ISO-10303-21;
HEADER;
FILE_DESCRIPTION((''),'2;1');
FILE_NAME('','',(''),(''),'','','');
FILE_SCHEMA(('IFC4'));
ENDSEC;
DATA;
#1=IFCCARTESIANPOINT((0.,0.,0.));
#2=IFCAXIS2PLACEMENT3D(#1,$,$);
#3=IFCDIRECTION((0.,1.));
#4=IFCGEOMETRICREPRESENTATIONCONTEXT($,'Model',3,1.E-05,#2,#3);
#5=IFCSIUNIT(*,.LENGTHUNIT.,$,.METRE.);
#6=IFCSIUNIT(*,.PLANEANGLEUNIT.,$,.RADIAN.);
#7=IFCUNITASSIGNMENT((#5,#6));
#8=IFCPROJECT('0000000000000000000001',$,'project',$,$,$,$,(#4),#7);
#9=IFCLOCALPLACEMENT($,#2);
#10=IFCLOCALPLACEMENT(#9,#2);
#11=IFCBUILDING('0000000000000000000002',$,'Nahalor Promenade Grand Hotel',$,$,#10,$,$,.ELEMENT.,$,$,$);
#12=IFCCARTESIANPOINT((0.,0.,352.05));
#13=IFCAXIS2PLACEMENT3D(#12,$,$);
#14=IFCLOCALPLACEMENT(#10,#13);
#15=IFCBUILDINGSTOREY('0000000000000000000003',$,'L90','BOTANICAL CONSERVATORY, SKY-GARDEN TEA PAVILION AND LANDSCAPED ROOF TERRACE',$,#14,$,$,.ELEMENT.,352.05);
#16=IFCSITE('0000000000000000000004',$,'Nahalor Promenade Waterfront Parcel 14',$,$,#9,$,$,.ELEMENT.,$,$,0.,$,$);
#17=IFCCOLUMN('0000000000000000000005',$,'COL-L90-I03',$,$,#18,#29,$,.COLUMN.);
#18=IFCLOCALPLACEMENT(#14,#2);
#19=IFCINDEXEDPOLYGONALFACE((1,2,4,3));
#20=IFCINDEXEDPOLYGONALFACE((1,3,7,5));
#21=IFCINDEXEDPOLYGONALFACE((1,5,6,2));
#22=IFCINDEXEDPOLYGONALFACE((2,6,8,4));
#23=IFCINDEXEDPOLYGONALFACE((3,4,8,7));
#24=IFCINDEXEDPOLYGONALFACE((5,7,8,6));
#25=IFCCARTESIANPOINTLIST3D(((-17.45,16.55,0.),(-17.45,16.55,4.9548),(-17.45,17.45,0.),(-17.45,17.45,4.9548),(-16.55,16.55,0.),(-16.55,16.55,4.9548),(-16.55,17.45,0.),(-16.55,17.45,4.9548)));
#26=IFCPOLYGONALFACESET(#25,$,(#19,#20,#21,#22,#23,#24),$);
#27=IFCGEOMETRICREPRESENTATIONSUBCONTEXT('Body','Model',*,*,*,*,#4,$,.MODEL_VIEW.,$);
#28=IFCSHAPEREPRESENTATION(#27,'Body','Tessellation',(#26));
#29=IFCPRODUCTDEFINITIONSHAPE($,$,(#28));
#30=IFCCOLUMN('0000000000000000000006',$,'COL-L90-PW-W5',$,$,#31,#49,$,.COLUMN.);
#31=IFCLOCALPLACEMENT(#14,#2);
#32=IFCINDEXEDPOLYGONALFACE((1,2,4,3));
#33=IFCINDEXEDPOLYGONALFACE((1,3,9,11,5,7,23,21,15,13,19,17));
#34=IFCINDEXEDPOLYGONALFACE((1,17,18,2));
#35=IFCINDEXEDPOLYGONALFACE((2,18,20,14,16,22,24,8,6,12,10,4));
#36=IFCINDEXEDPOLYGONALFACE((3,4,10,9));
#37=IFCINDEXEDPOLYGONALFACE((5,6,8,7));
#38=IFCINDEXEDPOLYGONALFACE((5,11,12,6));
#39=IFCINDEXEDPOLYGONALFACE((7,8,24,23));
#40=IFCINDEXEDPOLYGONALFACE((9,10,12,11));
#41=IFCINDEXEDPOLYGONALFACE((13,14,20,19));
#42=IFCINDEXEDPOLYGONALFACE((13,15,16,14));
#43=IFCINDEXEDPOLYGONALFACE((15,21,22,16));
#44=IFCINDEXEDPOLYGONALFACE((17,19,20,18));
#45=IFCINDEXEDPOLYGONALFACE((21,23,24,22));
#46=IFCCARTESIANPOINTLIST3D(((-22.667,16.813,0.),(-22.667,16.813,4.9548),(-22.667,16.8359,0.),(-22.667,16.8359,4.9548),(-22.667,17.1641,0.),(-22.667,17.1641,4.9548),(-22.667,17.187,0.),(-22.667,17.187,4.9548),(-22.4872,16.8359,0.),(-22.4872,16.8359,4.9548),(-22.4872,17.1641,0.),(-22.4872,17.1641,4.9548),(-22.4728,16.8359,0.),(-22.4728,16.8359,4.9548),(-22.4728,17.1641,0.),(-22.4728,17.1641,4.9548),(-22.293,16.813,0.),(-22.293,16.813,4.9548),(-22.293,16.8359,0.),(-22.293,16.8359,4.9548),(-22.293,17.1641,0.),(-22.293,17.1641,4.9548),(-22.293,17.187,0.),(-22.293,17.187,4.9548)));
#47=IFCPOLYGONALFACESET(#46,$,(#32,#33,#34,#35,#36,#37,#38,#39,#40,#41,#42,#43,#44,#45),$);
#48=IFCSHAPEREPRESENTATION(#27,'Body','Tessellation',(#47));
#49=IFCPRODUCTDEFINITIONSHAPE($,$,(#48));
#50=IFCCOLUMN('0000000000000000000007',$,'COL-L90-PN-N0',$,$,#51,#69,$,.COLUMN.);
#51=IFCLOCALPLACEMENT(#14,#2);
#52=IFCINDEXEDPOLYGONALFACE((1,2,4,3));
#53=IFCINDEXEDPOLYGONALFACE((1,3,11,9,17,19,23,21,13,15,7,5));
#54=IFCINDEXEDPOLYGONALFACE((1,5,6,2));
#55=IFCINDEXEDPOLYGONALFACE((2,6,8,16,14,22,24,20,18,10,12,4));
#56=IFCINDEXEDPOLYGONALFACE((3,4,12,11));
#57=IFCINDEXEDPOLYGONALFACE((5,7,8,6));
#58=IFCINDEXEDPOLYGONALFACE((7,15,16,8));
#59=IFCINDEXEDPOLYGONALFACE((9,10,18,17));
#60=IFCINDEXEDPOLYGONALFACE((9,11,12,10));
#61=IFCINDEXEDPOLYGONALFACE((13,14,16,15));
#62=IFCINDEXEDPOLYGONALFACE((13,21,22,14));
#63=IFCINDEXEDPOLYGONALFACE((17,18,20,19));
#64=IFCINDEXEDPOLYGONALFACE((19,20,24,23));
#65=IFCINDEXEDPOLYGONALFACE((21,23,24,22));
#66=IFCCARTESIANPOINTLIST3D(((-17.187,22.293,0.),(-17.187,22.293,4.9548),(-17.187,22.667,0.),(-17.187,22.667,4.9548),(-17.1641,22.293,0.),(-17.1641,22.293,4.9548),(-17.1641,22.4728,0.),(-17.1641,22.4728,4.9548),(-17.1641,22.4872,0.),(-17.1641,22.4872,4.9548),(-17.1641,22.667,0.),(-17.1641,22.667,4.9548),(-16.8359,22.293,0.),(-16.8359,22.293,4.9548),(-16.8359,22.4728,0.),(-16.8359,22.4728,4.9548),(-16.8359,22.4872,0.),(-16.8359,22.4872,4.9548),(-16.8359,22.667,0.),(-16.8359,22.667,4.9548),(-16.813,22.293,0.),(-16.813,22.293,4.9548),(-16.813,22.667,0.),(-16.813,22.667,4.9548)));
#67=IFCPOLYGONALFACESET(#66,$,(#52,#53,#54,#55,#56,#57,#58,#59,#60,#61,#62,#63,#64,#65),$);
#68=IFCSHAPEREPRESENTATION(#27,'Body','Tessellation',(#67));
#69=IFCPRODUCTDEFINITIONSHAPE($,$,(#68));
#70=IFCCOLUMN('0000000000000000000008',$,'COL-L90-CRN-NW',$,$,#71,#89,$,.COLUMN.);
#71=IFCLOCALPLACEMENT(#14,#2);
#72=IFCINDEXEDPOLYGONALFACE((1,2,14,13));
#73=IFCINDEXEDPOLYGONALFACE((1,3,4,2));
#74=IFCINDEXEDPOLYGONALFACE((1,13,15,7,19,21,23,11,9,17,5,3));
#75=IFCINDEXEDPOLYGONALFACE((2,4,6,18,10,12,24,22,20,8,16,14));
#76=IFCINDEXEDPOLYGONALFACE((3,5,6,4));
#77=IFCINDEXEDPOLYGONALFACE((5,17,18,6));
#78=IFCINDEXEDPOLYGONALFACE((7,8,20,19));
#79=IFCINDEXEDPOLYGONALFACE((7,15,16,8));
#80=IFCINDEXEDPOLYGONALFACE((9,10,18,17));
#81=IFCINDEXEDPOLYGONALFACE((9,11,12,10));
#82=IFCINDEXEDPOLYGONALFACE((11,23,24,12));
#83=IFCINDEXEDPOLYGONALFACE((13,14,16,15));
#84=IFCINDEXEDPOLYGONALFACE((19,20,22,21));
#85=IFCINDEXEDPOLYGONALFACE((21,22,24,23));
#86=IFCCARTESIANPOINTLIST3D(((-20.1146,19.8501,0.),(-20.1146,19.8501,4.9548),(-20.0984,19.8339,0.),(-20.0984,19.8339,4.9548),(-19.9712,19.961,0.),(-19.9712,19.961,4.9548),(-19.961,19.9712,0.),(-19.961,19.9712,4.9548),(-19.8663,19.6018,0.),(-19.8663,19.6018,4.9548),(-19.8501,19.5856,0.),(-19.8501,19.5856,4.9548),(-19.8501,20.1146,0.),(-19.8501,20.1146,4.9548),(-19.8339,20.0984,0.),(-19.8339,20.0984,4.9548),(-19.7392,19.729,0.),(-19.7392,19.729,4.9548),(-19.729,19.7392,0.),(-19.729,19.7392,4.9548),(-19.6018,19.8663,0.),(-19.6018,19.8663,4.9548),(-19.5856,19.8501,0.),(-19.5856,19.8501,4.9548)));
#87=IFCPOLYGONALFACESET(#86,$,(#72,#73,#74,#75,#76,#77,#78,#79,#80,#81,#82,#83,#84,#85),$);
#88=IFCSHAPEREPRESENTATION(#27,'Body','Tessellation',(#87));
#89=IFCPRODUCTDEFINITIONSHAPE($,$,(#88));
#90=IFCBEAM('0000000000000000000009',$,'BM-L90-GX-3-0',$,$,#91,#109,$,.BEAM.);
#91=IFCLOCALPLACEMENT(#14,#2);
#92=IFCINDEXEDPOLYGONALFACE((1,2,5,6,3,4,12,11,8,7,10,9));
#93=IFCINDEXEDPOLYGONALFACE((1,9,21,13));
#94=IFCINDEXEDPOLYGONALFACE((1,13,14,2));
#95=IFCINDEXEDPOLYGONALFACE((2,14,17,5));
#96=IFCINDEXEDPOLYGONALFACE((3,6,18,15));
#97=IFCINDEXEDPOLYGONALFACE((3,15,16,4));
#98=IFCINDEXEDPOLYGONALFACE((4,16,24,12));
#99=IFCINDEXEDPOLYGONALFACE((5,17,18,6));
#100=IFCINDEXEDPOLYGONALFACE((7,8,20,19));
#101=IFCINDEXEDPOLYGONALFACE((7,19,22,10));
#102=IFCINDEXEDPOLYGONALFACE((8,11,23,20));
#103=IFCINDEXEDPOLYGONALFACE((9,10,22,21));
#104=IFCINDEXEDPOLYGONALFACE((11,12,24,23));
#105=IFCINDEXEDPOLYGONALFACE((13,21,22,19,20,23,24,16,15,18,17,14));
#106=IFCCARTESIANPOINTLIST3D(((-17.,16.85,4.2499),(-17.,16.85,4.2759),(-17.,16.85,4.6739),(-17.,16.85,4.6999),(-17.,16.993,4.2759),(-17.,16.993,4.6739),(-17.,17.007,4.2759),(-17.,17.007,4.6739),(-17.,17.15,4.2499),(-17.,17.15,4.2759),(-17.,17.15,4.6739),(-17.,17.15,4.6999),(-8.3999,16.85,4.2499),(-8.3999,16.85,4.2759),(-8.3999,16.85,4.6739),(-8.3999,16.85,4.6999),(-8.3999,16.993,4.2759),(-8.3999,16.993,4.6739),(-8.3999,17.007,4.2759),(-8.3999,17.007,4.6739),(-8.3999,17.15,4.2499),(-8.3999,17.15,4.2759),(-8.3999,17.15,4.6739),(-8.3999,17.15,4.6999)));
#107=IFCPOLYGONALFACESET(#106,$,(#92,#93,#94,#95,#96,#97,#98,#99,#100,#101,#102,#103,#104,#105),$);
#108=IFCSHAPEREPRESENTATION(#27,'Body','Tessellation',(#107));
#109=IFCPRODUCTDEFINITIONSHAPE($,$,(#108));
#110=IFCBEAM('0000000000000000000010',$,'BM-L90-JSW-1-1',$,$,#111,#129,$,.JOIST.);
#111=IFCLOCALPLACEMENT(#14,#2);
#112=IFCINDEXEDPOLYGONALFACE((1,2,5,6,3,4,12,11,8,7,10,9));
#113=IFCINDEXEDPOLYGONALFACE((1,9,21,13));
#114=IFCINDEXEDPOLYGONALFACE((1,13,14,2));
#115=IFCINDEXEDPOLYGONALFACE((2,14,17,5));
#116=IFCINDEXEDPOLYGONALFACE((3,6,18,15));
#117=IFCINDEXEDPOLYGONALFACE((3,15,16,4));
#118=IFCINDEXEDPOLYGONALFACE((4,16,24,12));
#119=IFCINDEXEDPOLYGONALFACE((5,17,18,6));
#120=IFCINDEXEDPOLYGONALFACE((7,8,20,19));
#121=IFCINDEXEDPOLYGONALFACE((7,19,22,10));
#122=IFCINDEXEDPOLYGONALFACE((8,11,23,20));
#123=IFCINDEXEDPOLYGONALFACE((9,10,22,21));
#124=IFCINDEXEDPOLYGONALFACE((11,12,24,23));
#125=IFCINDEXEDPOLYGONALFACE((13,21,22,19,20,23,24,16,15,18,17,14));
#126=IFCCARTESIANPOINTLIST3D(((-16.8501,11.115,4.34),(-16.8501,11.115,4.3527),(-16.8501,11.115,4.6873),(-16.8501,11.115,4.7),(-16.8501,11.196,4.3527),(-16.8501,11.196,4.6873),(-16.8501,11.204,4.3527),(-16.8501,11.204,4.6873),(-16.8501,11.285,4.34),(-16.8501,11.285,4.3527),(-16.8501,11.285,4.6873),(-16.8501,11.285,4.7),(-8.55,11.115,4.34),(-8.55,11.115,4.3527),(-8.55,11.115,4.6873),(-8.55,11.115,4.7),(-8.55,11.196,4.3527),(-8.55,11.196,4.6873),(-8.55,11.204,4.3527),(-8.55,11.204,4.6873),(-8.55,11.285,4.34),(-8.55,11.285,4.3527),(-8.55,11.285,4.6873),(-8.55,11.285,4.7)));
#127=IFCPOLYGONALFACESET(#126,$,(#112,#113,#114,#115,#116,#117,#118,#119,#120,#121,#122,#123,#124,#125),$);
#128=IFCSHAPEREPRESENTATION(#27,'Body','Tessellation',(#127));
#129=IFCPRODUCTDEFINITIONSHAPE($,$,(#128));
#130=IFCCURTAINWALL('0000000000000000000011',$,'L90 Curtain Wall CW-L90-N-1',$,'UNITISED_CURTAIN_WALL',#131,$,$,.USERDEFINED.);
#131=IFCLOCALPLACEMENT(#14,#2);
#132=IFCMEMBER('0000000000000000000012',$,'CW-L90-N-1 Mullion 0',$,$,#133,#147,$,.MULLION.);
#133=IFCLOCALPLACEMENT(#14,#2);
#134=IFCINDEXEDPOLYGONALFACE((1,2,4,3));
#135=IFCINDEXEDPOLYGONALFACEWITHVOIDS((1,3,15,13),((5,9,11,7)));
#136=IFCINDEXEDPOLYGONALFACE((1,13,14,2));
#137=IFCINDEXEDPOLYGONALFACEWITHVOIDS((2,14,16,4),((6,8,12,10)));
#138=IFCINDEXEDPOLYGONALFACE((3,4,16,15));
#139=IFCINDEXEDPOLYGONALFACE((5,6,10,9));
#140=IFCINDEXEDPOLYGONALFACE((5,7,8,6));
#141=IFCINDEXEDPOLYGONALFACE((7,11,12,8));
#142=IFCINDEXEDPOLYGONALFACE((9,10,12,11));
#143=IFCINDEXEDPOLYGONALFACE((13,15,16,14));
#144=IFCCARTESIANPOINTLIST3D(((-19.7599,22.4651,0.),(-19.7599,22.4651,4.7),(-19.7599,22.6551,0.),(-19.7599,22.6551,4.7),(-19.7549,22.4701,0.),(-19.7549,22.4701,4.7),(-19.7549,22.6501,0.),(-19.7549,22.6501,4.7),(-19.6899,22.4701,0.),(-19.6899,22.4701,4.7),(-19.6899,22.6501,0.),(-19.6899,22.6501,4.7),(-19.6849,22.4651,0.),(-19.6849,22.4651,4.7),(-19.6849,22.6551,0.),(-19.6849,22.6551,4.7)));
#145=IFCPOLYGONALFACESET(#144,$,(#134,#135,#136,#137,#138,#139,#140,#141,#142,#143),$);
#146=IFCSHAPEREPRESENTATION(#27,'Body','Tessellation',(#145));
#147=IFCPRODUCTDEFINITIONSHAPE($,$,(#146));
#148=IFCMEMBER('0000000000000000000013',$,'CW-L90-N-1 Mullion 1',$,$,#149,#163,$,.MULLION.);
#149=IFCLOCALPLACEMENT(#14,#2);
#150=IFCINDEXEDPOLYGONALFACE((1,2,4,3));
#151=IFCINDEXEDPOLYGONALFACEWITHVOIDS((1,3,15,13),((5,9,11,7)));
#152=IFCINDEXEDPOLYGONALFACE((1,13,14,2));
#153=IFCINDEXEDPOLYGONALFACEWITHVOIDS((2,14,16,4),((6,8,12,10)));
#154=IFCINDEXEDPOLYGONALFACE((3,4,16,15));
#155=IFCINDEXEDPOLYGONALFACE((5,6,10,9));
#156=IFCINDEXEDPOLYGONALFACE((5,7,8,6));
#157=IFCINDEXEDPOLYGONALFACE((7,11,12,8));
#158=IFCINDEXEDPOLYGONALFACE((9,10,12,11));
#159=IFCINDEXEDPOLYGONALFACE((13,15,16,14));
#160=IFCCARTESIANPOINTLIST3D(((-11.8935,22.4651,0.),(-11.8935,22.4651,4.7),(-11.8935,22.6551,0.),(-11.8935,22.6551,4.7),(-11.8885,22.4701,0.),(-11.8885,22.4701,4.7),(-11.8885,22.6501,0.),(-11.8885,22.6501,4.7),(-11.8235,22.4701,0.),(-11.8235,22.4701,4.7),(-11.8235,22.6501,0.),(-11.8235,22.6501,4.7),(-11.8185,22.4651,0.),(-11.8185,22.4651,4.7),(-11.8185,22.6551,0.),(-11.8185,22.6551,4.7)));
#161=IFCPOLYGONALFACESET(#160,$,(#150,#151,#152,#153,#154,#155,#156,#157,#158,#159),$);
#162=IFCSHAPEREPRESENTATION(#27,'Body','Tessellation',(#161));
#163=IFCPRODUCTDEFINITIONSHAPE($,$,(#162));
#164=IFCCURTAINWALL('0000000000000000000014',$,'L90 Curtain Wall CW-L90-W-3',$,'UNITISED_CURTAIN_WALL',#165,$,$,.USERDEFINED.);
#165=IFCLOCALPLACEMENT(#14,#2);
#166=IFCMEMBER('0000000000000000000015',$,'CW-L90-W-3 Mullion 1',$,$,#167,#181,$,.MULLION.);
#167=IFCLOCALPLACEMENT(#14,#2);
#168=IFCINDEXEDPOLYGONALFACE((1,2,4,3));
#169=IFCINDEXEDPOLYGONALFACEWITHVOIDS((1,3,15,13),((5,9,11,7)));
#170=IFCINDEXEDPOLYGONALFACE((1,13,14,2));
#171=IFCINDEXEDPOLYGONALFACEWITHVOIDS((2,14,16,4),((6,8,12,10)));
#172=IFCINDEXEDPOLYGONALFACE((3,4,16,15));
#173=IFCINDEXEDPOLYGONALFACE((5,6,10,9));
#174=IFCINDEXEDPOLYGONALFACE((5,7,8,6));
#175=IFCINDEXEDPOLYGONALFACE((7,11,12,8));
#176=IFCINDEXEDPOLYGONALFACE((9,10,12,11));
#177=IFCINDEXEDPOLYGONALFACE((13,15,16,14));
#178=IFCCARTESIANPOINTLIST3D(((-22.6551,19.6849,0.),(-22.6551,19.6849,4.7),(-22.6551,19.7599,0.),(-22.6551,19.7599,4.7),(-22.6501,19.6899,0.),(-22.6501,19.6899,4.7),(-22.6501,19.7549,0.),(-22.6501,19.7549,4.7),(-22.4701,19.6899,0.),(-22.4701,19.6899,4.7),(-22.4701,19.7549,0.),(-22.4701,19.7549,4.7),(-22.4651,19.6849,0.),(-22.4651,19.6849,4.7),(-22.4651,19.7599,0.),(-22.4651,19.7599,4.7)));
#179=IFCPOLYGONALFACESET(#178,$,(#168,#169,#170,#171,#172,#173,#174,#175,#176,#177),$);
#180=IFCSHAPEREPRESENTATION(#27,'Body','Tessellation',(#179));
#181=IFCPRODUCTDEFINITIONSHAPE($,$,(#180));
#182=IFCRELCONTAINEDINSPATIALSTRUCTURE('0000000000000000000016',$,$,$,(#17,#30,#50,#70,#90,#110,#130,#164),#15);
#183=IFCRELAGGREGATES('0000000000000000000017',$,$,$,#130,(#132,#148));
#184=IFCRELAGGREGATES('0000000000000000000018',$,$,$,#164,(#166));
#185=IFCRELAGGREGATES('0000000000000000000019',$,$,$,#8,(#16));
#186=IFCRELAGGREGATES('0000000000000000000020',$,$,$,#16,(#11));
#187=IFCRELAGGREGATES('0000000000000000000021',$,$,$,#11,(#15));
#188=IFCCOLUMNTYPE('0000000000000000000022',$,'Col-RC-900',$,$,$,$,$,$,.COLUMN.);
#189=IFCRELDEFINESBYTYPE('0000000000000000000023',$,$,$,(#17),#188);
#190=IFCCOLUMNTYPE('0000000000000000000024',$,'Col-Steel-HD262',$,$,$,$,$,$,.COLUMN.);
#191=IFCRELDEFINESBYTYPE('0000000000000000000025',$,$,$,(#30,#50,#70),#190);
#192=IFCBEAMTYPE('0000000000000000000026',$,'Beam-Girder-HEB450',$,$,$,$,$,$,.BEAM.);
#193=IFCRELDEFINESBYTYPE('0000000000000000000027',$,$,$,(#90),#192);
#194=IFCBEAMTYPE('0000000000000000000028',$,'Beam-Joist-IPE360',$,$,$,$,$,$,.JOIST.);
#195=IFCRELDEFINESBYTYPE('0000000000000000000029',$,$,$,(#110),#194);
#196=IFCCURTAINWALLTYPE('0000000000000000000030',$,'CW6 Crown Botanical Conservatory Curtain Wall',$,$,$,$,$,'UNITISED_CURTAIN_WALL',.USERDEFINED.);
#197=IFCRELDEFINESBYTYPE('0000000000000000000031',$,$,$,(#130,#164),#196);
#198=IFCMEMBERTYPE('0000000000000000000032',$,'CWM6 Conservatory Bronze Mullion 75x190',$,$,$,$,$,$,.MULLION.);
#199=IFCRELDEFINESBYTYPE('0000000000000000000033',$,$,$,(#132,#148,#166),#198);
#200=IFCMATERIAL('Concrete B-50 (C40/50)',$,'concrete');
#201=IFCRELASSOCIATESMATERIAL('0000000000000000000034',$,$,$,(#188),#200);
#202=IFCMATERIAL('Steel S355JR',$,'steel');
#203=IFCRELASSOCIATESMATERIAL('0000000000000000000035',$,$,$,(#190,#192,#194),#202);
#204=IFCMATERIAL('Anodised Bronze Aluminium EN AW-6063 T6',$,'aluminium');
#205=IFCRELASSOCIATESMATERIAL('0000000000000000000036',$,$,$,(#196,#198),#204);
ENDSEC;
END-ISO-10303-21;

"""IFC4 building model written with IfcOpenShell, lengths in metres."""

from ifc_helpers import new_model, si_unit, direction, frame, origin, origin_2d, place, context, subcontext, project, spatial, rectangle, hollow_rectangle, i_section, extrude, source, transform, mapped, material, material_profile, profile_set, type_object, element, aggregate, save


model = new_model("IFC4")

# Units and contexts
model_context = context("Model", 3, precision=1e-05, world=origin(), true_north=direction((0.0, 1.0)))
body_context = subcontext(model_context, "Body", "Model", "MODEL_VIEW")
ifc_project = project(units=[si_unit("LENGTHUNIT", "METRE"), si_unit("PLANEANGLEUNIT", "RADIAN")], contexts=[model_context])

# Site, building, storey
site_placement = place(None, origin())
site = spatial("IfcSite", under=ifc_project, at=site_placement, Name="Nahalor Promenade Waterfront Parcel 14", CompositionType="ELEMENT", RefElevation=0.0)
building_placement = place(site_placement, origin())
building = spatial("IfcBuilding", under=site, at=building_placement, Name="Nahalor Promenade Grand Hotel", CompositionType="ELEMENT")
storey_placement = place(building_placement, frame((0.0, 0.0, 352.05)))
storey = spatial("IfcBuildingStorey", under=building, at=storey_placement, Name="L90", Description="BOTANICAL CONSERVATORY, SKY-GARDEN TEA PAVILION AND LANDSCAPED ROOF TERRACE", CompositionType="ELEMENT", Elevation=352.05)

# Columns
ifc_material_1 = material(Name="Concrete B-50 (C40/50)", Category="concrete")
ifc_material_profile_1 = material_profile(ifc_material_1, rectangle(XDim=0.9, YDim=0.9, at=origin_2d()), Name="RC 900x900")
ifc_profile_set_1 = profile_set([ifc_material_profile_1], Name="Concrete B-50 (C40/50)")
column_type_1 = type_object("IfcColumnType", Name="Col-RC-900", PredefinedType="COLUMN", material=ifc_profile_set_1)
shared_shape_1 = source(origin(), body_context, "Body", "SweptSolid", [
    extrude(rectangle(XDim=0.9, YDim=0.9, at=origin_2d()), origin(), (0.0, 0.0, 1.0), 4.9548),
])
column_placement = place(storey_placement, frame((-17.0, 17.0, 0.0), z_axis=(0.0, 0.0, 1.0), x_axis=(1.0, 0.0, 0.0)))
element("IfcColumn", 1, at=column_placement, inside=storey, type_object=column_type_1, Name="COL-L90-I03", PredefinedType="COLUMN", context=body_context, shape_type="MappedRepresentation", body=[
    mapped(shared_shape_1, transform((0.0, 0.0, 0.0), scale=1.0)),
])
ifc_material_2 = material(Name="Steel S355JR", Category="steel")
ifc_material_profile_2 = material_profile(ifc_material_2, i_section(OverallWidth=0.374, OverallDepth=0.374, WebThickness=0.0144, FlangeThickness=0.0229, at=origin_2d()), Name="HD 360x262")
ifc_profile_set_2 = profile_set([ifc_material_profile_2], Name="Steel S355JR")
column_type_2 = type_object("IfcColumnType", Name="Col-Steel-HD262", PredefinedType="COLUMN", material=ifc_profile_set_2)
shared_shape_2 = source(origin(), body_context, "Body", "SweptSolid", [
    extrude(i_section(OverallWidth=0.374, OverallDepth=0.374, WebThickness=0.0144, FlangeThickness=0.0229, at=origin_2d()), origin(), (0.0, 0.0, 1.0), 4.9548),
])
for number, where, z_axis, x_axis, name in (
    (2, (-22.48, 17.0, 0.0), (0.0, 0.0, 1.0), (1.0, 0.0, 0.0), "COL-L90-PW-W5"),
    (3, (-17.0, 22.48, 0.0), (0.0, 0.0, 1.0), (0.0, 1.0, 0.0), "COL-L90-PN-N0"),
    (4, (-19.8501, 19.8501, 0.0), (0.0, 0.0, 1.0), (0.707107, 0.707107, 0.0), "COL-L90-CRN-NW"),
):
    element("IfcColumn", number, at=place(storey_placement, frame(where, z_axis=z_axis, x_axis=x_axis)), inside=storey, type_object=column_type_2, Name=name, PredefinedType="COLUMN", context=body_context, shape_type="MappedRepresentation", body=[
        mapped(shared_shape_2, transform((0.0, 0.0, 0.0), scale=1.0)),
    ])

# Beams
ifc_material_profile_3 = material_profile(ifc_material_2, i_section(OverallWidth=0.3, OverallDepth=0.45, WebThickness=0.014, FlangeThickness=0.026, at=origin_2d()), Name="HEB 450")
ifc_profile_set_3 = profile_set([ifc_material_profile_3], Name="Steel S355JR")
beam_type_1 = type_object("IfcBeamType", Name="Beam-Girder-HEB450", PredefinedType="BEAM", material=ifc_profile_set_3)
shared_shape_3 = source(origin(), body_context, "Body", "SweptSolid", [
    extrude(i_section(OverallWidth=0.3, OverallDepth=0.45, WebThickness=0.014, FlangeThickness=0.026, at=origin_2d()), origin(), (0.0, 0.0, 1.0), 8.6001),
])
beam_1_placement = place(storey_placement, frame((-17.0, 17.0, 4.4749), z_axis=(1.0, 0.0, 0.0), x_axis=(0.0, 1.0, 0.0)))
element("IfcBeam", 5, at=beam_1_placement, inside=storey, type_object=beam_type_1, Name="BM-L90-GX-3-0", PredefinedType="BEAM", context=body_context, shape_type="MappedRepresentation", body=[
    mapped(shared_shape_3, transform((0.0, 0.0, 0.0), scale=1.0)),
])
ifc_material_profile_4 = material_profile(ifc_material_2, i_section(OverallWidth=0.17, OverallDepth=0.36, WebThickness=0.008, FlangeThickness=0.0127, at=origin_2d()), Name="IPE 360")
ifc_profile_set_4 = profile_set([ifc_material_profile_4], Name="Steel S355JR")
beam_type_2 = type_object("IfcBeamType", Name="Beam-Joist-IPE360", PredefinedType="JOIST", material=ifc_profile_set_4)
shared_shape_4 = source(origin(), body_context, "Body", "SweptSolid", [
    extrude(i_section(OverallWidth=0.17, OverallDepth=0.36, WebThickness=0.008, FlangeThickness=0.0127, at=origin_2d()), origin(), (0.0, 0.0, 1.0), 8.3),
])
beam_2_placement = place(storey_placement, frame((-16.8501, 11.2, 4.52), z_axis=(1.0, 0.0, 0.0), x_axis=(0.0, 1.0, 0.0)))
element("IfcBeam", 6, at=beam_2_placement, inside=storey, type_object=beam_type_2, Name="BM-L90-JSW-1-1", PredefinedType="JOIST", context=body_context, shape_type="MappedRepresentation", body=[
    mapped(shared_shape_4, transform((0.0, 0.0, 0.0), scale=1.0)),
])

# Curtain wall, members
ifc_material_3 = material(Name="Anodised Bronze Aluminium EN AW-6063 T6", Category="aluminium")
curtain_wall_type = type_object("IfcCurtainWallType", Name="CW6 Crown Botanical Conservatory Curtain Wall", ElementType="UNITISED_CURTAIN_WALL", PredefinedType="USERDEFINED", material=ifc_material_3)
curtain_wall_1_placement = place(storey_placement, origin())
curtain_wall_1 = element("IfcCurtainWall", 7, at=curtain_wall_1_placement, inside=storey, type_object=curtain_wall_type, Name="L90 Curtain Wall CW-L90-N-1", ObjectType="UNITISED_CURTAIN_WALL", PredefinedType="USERDEFINED")
ifc_material_profile_5 = material_profile(ifc_material_3, hollow_rectangle(XDim=0.075, YDim=0.19, WallThickness=0.005, at=origin_2d()), Name="CWM 75x190x5")
ifc_profile_set_5 = profile_set([ifc_material_profile_5], Name="Anodised Bronze Aluminium EN AW-6063 T6")
member_type_1 = type_object("IfcMemberType", Name="CWM6 Conservatory Bronze Mullion 75x190", PredefinedType="MULLION", material=ifc_profile_set_5)
shared_shape_5 = source(origin(), body_context, "Body", "SweptSolid", [
    extrude(hollow_rectangle(XDim=0.075, YDim=0.19, WallThickness=0.005, at=origin_2d()), origin(), (0.0, 0.0, 1.0), 4.7),
])
member_1_placement = place(storey_placement, frame((-19.7224, 22.5601, 0.0), z_axis=(0.0, 0.0, 1.0), x_axis=(1.0, 0.0, 0.0)))
member_1 = element("IfcMember", 8, at=member_1_placement, type_object=member_type_1, Name="CW-L90-N-1 Mullion 0", PredefinedType="MULLION", context=body_context, shape_type="MappedRepresentation", body=[
    mapped(shared_shape_5, transform((0.0, 0.0, 0.0), scale=1.0)),
])
member_2_placement = place(storey_placement, frame((-11.856, 22.5601, 0.0), z_axis=(0.0, 0.0, 1.0), x_axis=(1.0, 0.0, 0.0)))
member_2 = element("IfcMember", 9, at=member_2_placement, type_object=member_type_1, Name="CW-L90-N-1 Mullion 1", PredefinedType="MULLION", context=body_context, shape_type="MappedRepresentation", body=[
    mapped(shared_shape_5, transform((0.0, 0.0, 0.0), scale=1.0)),
])

# Curtain wall, member
curtain_wall_2_placement = place(storey_placement, origin())
curtain_wall_2 = element("IfcCurtainWall", 10, at=curtain_wall_2_placement, inside=storey, type_object=curtain_wall_type, Name="L90 Curtain Wall CW-L90-W-3", ObjectType="UNITISED_CURTAIN_WALL", PredefinedType="USERDEFINED")
member_3_placement = place(storey_placement, frame((-22.5601, 19.7224, 0.0), z_axis=(0.0, 0.0, 1.0), x_axis=(0.0, 1.0, 0.0)))
member_3 = element("IfcMember", 11, at=member_3_placement, type_object=member_type_1, Name="CW-L90-W-3 Mullion 1", PredefinedType="MULLION", context=body_context, shape_type="MappedRepresentation", body=[
    mapped(shared_shape_5, transform((0.0, 0.0, 0.0), scale=1.0)),
])

aggregate(curtain_wall_1, [member_1, member_2])
aggregate(curtain_wall_2, [member_3])

save(model, "model.ifc")
